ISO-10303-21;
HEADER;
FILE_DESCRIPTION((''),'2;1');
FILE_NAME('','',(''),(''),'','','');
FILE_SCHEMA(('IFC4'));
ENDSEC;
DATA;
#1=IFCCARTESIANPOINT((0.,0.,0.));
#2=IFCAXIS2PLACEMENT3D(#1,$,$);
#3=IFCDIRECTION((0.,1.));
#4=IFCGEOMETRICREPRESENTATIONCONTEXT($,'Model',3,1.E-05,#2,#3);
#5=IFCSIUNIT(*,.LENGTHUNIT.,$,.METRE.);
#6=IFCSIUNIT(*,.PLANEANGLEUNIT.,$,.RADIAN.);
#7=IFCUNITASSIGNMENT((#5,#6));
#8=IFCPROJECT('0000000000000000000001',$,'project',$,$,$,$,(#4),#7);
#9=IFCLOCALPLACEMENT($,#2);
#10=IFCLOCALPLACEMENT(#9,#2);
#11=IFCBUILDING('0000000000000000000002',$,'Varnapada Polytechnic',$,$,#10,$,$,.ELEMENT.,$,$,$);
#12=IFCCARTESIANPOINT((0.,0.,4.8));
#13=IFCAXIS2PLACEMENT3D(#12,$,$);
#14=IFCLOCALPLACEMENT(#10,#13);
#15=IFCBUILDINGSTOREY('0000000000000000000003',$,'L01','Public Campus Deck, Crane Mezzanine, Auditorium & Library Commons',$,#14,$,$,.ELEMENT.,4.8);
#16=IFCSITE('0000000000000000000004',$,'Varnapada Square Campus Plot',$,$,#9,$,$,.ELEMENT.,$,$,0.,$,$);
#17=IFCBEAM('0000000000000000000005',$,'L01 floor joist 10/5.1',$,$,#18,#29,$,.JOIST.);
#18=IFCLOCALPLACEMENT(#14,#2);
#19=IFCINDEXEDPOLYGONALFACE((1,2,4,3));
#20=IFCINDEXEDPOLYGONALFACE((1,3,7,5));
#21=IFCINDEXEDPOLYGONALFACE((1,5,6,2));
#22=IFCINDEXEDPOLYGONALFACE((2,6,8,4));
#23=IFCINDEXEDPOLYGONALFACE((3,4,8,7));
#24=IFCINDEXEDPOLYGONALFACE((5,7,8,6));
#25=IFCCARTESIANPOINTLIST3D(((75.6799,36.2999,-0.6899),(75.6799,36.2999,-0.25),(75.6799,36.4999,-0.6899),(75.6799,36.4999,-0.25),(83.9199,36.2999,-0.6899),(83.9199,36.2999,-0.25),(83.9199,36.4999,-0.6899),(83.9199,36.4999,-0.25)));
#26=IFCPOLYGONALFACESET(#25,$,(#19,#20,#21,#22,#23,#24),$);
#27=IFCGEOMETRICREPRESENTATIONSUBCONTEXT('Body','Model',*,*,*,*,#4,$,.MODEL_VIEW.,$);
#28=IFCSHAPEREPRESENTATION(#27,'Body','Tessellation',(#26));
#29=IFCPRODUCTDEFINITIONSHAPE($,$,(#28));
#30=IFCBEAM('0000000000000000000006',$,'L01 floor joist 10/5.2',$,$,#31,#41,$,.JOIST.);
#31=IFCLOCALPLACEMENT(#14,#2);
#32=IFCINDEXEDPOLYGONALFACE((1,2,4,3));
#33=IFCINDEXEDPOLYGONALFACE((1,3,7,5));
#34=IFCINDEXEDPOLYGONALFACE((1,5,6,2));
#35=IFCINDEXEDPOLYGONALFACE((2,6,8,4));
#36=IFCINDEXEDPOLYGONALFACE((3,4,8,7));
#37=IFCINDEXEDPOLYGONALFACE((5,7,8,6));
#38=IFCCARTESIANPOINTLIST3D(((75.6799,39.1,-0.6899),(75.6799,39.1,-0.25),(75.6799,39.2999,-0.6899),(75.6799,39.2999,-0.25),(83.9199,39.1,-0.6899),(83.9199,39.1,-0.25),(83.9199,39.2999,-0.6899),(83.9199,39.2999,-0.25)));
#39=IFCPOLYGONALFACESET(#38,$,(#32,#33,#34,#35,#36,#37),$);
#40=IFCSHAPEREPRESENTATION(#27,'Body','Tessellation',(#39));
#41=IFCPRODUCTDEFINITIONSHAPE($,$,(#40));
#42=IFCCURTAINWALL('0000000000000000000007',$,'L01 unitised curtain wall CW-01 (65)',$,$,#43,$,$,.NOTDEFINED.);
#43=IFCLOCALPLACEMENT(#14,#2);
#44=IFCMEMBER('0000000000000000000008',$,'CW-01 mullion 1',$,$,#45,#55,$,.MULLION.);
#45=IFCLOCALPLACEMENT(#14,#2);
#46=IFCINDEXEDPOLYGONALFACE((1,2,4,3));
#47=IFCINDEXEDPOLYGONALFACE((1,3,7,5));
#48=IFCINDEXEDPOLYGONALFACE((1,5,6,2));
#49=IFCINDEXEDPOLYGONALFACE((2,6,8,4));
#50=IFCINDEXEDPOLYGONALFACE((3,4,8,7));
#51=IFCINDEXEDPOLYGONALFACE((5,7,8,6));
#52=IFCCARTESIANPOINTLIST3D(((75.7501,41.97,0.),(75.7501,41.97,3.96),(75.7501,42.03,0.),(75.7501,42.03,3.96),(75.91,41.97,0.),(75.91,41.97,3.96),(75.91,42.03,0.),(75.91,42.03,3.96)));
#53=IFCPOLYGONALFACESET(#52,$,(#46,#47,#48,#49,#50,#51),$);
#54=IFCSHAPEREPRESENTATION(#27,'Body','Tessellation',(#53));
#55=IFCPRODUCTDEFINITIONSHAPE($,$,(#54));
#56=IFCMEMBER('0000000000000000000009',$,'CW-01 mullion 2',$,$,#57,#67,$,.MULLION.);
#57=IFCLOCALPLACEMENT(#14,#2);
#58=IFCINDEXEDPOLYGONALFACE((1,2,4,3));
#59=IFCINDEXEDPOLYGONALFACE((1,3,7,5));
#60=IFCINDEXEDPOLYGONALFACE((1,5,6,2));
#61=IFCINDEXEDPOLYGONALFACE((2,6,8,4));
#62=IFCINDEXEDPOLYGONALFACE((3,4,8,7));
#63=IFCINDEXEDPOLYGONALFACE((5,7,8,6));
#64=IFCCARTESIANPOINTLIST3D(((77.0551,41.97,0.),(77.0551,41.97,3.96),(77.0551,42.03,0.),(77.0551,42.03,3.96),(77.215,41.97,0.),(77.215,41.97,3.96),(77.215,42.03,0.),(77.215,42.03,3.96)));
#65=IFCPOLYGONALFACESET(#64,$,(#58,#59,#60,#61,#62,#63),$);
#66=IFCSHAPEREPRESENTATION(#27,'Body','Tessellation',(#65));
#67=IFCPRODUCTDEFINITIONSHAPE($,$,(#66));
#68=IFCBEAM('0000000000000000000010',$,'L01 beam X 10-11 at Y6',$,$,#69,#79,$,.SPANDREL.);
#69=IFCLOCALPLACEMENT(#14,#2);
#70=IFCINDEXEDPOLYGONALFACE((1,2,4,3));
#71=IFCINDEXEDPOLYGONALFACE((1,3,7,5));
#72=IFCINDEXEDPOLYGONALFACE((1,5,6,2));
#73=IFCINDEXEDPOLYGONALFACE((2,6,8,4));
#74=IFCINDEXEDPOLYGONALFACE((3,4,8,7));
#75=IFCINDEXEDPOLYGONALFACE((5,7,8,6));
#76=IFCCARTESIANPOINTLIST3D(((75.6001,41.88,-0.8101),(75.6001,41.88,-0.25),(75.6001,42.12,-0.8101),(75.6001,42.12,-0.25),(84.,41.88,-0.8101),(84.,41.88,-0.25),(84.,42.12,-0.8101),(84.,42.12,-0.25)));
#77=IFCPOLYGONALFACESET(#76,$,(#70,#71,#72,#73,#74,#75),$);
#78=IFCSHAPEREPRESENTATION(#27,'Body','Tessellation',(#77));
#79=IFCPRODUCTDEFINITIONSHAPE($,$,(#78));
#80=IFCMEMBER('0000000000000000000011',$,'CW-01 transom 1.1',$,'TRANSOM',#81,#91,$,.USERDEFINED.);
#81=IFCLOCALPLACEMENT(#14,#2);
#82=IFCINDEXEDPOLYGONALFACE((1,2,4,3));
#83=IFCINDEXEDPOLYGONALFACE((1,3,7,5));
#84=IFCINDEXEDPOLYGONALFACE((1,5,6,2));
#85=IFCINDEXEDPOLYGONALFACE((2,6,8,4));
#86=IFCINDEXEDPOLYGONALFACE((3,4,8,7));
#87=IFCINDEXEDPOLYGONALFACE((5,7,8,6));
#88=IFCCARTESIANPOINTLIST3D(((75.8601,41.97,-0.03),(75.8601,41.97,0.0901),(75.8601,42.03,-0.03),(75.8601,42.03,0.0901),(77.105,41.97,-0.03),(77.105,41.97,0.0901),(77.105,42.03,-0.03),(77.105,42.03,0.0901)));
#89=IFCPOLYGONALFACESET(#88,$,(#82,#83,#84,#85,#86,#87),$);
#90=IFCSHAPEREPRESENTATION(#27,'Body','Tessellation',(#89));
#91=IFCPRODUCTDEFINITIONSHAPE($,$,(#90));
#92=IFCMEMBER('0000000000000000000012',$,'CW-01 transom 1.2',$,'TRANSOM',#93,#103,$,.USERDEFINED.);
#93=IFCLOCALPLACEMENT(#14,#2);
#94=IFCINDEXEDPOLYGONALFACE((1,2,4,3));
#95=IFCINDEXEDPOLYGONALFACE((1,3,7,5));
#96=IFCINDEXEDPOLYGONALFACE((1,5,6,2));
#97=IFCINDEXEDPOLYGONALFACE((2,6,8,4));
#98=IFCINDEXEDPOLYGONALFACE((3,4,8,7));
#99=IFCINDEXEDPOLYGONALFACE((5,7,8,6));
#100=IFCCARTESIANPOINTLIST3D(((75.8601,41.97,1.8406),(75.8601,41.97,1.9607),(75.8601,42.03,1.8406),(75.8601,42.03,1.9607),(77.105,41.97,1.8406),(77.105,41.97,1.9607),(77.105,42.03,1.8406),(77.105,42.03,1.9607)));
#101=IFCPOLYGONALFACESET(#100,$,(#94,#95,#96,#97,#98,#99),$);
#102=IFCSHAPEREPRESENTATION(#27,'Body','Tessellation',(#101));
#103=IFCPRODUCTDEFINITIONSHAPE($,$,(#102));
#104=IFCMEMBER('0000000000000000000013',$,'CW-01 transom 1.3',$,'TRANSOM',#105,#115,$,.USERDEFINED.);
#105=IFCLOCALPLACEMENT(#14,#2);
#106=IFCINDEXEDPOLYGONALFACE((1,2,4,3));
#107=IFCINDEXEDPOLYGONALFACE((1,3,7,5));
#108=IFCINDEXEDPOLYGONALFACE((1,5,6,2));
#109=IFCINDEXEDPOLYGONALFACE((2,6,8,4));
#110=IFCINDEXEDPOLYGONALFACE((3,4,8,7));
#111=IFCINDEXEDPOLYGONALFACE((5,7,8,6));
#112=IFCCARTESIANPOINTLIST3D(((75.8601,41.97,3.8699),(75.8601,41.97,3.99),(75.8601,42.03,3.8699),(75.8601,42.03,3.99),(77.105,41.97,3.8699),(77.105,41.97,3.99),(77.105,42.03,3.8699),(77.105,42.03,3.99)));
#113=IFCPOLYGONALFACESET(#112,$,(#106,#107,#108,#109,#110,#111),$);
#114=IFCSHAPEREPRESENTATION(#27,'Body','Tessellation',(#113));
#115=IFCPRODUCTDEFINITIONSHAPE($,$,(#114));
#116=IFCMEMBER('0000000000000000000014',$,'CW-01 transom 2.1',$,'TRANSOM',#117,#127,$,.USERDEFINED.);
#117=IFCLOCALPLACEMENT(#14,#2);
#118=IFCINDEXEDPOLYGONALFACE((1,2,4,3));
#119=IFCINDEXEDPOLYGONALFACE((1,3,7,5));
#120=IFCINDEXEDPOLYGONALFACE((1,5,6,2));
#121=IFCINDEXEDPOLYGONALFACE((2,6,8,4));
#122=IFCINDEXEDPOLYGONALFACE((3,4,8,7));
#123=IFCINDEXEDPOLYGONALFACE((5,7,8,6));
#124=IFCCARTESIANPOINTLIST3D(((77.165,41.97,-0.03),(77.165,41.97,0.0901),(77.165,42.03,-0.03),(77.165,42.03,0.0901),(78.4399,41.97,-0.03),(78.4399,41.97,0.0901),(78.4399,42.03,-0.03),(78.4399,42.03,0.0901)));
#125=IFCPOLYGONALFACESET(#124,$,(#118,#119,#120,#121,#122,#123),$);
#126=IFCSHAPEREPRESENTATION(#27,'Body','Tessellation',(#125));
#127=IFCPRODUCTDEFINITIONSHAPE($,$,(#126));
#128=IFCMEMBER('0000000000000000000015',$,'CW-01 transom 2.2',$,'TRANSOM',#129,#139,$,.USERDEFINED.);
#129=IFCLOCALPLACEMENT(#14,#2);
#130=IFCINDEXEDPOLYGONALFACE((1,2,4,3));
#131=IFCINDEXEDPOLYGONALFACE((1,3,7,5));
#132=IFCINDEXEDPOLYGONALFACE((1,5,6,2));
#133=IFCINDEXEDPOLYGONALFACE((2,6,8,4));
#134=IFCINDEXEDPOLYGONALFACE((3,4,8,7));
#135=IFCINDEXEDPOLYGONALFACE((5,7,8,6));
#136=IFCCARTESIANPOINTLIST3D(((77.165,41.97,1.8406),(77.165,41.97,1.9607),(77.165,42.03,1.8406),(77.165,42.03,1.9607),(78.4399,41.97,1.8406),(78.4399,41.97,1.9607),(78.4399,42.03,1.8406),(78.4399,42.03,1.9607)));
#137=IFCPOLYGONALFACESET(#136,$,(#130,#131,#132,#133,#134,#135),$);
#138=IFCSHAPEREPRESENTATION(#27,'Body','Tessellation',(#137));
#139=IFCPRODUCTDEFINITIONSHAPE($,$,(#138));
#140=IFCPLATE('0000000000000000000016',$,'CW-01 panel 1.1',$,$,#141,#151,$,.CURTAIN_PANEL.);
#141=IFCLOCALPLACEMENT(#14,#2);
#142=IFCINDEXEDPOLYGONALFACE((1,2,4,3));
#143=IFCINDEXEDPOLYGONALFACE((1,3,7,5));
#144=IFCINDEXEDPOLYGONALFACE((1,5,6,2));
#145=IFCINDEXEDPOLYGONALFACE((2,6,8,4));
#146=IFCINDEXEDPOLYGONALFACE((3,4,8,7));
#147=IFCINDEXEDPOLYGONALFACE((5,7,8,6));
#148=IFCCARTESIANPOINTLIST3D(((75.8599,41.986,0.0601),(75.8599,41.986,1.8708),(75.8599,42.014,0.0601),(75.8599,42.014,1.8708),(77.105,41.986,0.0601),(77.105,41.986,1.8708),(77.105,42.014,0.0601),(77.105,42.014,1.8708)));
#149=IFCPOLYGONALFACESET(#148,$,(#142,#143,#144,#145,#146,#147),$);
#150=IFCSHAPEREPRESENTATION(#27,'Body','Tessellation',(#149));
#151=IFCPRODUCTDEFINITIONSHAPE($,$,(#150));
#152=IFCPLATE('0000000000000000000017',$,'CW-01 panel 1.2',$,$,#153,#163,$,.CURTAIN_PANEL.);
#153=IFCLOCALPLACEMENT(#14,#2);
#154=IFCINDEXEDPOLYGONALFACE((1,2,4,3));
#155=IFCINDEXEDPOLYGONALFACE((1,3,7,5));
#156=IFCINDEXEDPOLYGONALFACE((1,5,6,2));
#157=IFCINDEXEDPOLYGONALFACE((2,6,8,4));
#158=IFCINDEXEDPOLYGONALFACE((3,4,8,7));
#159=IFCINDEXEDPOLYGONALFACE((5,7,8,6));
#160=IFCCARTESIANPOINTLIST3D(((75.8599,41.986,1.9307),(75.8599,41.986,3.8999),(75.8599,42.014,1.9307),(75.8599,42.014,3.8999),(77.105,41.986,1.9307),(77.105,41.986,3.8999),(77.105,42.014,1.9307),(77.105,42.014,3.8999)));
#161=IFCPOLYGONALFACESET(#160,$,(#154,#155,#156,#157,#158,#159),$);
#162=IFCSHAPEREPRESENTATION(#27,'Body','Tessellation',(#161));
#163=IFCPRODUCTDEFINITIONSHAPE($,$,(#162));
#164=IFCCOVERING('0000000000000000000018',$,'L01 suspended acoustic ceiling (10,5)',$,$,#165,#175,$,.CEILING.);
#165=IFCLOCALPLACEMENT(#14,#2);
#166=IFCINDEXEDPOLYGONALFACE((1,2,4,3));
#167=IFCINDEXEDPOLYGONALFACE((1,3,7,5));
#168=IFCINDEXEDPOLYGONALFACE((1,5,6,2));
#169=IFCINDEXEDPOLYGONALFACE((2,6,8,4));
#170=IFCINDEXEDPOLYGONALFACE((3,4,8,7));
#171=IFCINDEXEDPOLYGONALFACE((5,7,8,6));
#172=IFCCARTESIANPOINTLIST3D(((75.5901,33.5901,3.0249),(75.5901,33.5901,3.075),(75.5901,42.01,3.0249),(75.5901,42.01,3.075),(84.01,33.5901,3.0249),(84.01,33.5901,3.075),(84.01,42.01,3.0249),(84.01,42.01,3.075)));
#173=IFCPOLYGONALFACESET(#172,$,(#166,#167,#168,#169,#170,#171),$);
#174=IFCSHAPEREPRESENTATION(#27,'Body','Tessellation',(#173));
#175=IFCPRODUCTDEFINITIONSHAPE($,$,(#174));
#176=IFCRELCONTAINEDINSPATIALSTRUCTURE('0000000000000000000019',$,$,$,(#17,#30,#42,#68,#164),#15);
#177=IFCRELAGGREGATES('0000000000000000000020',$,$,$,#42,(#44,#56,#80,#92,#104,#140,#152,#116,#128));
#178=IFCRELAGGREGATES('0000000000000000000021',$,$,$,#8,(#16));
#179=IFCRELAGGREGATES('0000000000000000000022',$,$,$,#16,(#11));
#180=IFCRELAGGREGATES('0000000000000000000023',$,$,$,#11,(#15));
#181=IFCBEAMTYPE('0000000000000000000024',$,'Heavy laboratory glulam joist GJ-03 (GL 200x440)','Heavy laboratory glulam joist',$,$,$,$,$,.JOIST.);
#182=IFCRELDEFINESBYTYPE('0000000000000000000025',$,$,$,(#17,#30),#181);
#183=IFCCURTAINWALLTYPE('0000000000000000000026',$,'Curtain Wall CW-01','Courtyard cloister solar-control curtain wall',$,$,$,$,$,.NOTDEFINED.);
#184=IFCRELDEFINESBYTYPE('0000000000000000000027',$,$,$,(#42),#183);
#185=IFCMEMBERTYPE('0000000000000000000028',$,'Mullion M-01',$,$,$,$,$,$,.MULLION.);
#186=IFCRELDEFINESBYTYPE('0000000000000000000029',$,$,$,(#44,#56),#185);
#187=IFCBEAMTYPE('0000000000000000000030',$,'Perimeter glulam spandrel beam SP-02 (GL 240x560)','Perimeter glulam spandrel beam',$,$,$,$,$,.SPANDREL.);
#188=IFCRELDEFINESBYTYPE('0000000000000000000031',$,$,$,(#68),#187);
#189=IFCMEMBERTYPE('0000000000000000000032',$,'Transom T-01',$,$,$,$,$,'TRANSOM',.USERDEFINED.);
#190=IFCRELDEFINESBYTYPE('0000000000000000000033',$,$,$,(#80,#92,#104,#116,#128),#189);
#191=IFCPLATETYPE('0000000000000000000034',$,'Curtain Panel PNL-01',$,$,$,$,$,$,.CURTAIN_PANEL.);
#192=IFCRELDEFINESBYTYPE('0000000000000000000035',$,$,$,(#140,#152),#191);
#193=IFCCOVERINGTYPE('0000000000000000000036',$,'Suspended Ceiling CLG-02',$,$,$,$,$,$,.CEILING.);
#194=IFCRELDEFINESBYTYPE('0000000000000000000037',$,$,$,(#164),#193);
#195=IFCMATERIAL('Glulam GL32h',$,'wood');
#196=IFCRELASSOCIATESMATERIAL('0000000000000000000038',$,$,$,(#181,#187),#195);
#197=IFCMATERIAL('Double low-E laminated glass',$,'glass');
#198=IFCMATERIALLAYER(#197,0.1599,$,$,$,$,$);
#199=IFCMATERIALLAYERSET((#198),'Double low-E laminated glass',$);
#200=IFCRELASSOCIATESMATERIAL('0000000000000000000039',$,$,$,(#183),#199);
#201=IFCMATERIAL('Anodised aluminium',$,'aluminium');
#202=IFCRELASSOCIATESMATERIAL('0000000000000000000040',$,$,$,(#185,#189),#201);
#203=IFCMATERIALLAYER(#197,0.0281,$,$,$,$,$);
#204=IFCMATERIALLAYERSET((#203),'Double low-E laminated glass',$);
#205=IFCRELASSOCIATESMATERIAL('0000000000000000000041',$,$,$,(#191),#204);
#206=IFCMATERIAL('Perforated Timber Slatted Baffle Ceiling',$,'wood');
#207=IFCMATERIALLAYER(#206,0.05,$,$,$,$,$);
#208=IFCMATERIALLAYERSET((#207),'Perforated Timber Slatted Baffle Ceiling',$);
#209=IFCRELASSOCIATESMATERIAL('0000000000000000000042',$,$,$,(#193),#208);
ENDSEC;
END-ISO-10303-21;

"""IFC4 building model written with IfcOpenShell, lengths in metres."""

from ifc_helpers import new_model, si_unit, direction, frame, origin, origin_2d, place, context, subcontext, project, spatial, rectangle, extrude, material, layer, layer_set, material_profile, profile_set, type_object, element, aggregate, save


model = new_model("IFC4")

# Units and contexts
model_context = context("Model", 3, precision=1e-05, world=origin(), true_north=direction((0.0, 1.0)))
body_context = subcontext(model_context, "Body", "Model", "MODEL_VIEW")
ifc_project = project(units=[si_unit("LENGTHUNIT", "METRE"), si_unit("PLANEANGLEUNIT", "RADIAN")], contexts=[model_context])

# Site, building, storey
site_placement = place(None, origin())
site = spatial("IfcSite", under=ifc_project, at=site_placement, Name="Varnapada Square Campus Plot", CompositionType="ELEMENT", RefElevation=0.0)
building_placement = place(site_placement, origin())
building = spatial("IfcBuilding", under=site, at=building_placement, Name="Varnapada Polytechnic", CompositionType="ELEMENT")
storey_placement = place(building_placement, frame((0.0, 0.0, 4.8)))
storey = spatial("IfcBuildingStorey", under=building, at=storey_placement, Name="L01", Description="Public Campus Deck, Crane Mezzanine, Auditorium & Library Commons", CompositionType="ELEMENT", Elevation=4.8)

# Beams
ifc_material_1 = material(Name="Glulam GL32h", Category="wood")
ifc_material_profile_1 = material_profile(ifc_material_1, rectangle(XDim=0.2, YDim=0.4399, at=origin_2d()), Name="GL 200x440")
ifc_profile_set_1 = profile_set([ifc_material_profile_1], Name="Glulam GL32h")
beam_type_1 = type_object("IfcBeamType", Name="Heavy laboratory glulam joist GJ-03 (GL 200x440)", Description="Heavy laboratory glulam joist", PredefinedType="JOIST", material=ifc_profile_set_1)
for number, where, z_axis, x_axis, name in (
    (1, (75.6799, 36.3999, -0.47), (1.0, 0.0, 0.0), (0.0, 1.0, 0.0), "L01 floor joist 10/5.1"),
    (2, (75.6799, 39.2, -0.47), (1.0, 0.0, 0.0), (0.0, 1.0, 0.0), "L01 floor joist 10/5.2"),
):
    element("IfcBeam", number, at=place(storey_placement, frame(where, z_axis=z_axis, x_axis=x_axis)), inside=storey, type_object=beam_type_1, Name=name, PredefinedType="JOIST", context=body_context, shape_type="SweptSolid", body=[
        extrude(rectangle(XDim=0.2, YDim=0.4399, at=origin_2d()), origin(), (0.0, 0.0, 1.0), 8.24),
    ])

# Curtain wall, members
ifc_material_2 = material(Name="Double low-E laminated glass", Category="glass")
ifc_layer_1 = layer(ifc_material_2, 0.1599)
ifc_layer_set_1 = layer_set([ifc_layer_1], Name="Double low-E laminated glass")
curtain_wall_type = type_object("IfcCurtainWallType", Name="Curtain Wall CW-01", Description="Courtyard cloister solar-control curtain wall", PredefinedType="NOTDEFINED", material=ifc_layer_set_1)
curtain_wall_placement = place(storey_placement, origin())
curtain_wall = element("IfcCurtainWall", 3, at=curtain_wall_placement, inside=storey, type_object=curtain_wall_type, Name="L01 unitised curtain wall CW-01 (65)", PredefinedType="NOTDEFINED")
ifc_material_3 = material(Name="Anodised aluminium", Category="aluminium")
ifc_material_profile_2 = material_profile(ifc_material_3, rectangle(XDim=0.0601, YDim=0.1599, at=origin_2d()), Name="ALU M60x160")
ifc_profile_set_2 = profile_set([ifc_material_profile_2], Name="Anodised aluminium")
member_type_1 = type_object("IfcMemberType", Name="Mullion M-01", PredefinedType="MULLION", material=ifc_profile_set_2)
member_1_placement = place(storey_placement, frame((75.8301, 42.0, 0.0), z_axis=(0.0, 0.0, 1.0), x_axis=(0.0, 1.0, 0.0)))
member_1 = element("IfcMember", 4, at=member_1_placement, type_object=member_type_1, Name="CW-01 mullion 1", PredefinedType="MULLION", context=body_context, shape_type="SweptSolid", body=[
    extrude(rectangle(XDim=0.0601, YDim=0.1599, at=origin_2d()), origin(), (0.0, 0.0, 1.0), 3.96),
])
member_2_placement = place(storey_placement, frame((77.135, 42.0, 0.0), z_axis=(0.0, 0.0, 1.0), x_axis=(0.0, 1.0, 0.0)))
member_2 = element("IfcMember", 5, at=member_2_placement, type_object=member_type_1, Name="CW-01 mullion 2", PredefinedType="MULLION", context=body_context, shape_type="SweptSolid", body=[
    extrude(rectangle(XDim=0.0601, YDim=0.1599, at=origin_2d()), origin(), (0.0, 0.0, 1.0), 3.96),
])

# Beam
ifc_material_profile_3 = material_profile(ifc_material_1, rectangle(XDim=0.24, YDim=0.5601, at=origin_2d()), Name="GL 240x560")
ifc_profile_set_3 = profile_set([ifc_material_profile_3], Name="Glulam GL32h")
beam_type_2 = type_object("IfcBeamType", Name="Perimeter glulam spandrel beam SP-02 (GL 240x560)", Description="Perimeter glulam spandrel beam", PredefinedType="SPANDREL", material=ifc_profile_set_3)
beam_placement = place(storey_placement, frame((75.6001, 42.0, -0.53), z_axis=(1.0, 0.0, 0.0), x_axis=(0.0, 1.0, 0.0)))
element("IfcBeam", 6, at=beam_placement, inside=storey, type_object=beam_type_2, Name="L01 beam X 10-11 at Y6", PredefinedType="SPANDREL", context=body_context, shape_type="SweptSolid", body=[
    extrude(rectangle(XDim=0.24, YDim=0.5601, at=origin_2d()), origin(), (0.0, 0.0, 1.0), 8.3999),
])

# Members
ifc_material_profile_4 = material_profile(ifc_material_3, rectangle(XDim=0.0601, YDim=0.1201, at=origin_2d()), Name="ALU T60x120")
ifc_profile_set_4 = profile_set([ifc_material_profile_4], Name="Anodised aluminium")
member_type_2 = type_object("IfcMemberType", Name="Transom T-01", ElementType="TRANSOM", PredefinedType="USERDEFINED", material=ifc_profile_set_4)
member_3_placement = place(storey_placement, frame((75.8601, 42.0, 0.03), z_axis=(1.0, 0.0, 0.0), x_axis=(0.0, 1.0, 0.0)))
member_3 = element("IfcMember", 7, at=member_3_placement, type_object=member_type_2, Name="CW-01 transom 1.1", ObjectType="TRANSOM", PredefinedType="USERDEFINED", context=body_context, shape_type="SweptSolid", body=[
    extrude(rectangle(XDim=0.0601, YDim=0.1201, at=origin_2d()), origin(), (0.0, 0.0, 1.0), 1.2449),
])
member_4_placement = place(storey_placement, frame((75.8601, 42.0, 1.9006), z_axis=(1.0, 0.0, 0.0), x_axis=(0.0, 1.0, 0.0)))
member_4 = element("IfcMember", 8, at=member_4_placement, type_object=member_type_2, Name="CW-01 transom 1.2", ObjectType="TRANSOM", PredefinedType="USERDEFINED", context=body_context, shape_type="SweptSolid", body=[
    extrude(rectangle(XDim=0.0601, YDim=0.1201, at=origin_2d()), origin(), (0.0, 0.0, 1.0), 1.2449),
])
member_5_placement = place(storey_placement, frame((75.8601, 42.0, 3.9299), z_axis=(1.0, 0.0, 0.0), x_axis=(0.0, 1.0, 0.0)))
member_5 = element("IfcMember", 9, at=member_5_placement, type_object=member_type_2, Name="CW-01 transom 1.3", ObjectType="TRANSOM", PredefinedType="USERDEFINED", context=body_context, shape_type="SweptSolid", body=[
    extrude(rectangle(XDim=0.0601, YDim=0.1201, at=origin_2d()), origin(), (0.0, 0.0, 1.0), 1.2449),
])
member_6_placement = place(storey_placement, frame((77.165, 42.0, 0.03), z_axis=(1.0, 0.0, 0.0), x_axis=(0.0, 1.0, 0.0)))
member_6 = element("IfcMember", 10, at=member_6_placement, type_object=member_type_2, Name="CW-01 transom 2.1", ObjectType="TRANSOM", PredefinedType="USERDEFINED", context=body_context, shape_type="SweptSolid", body=[
    extrude(rectangle(XDim=0.0601, YDim=0.1201, at=origin_2d()), origin(), (0.0, 0.0, 1.0), 1.2749),
])
member_7_placement = place(storey_placement, frame((77.165, 42.0, 1.9006), z_axis=(1.0, 0.0, 0.0), x_axis=(0.0, 1.0, 0.0)))
member_7 = element("IfcMember", 11, at=member_7_placement, type_object=member_type_2, Name="CW-01 transom 2.2", ObjectType="TRANSOM", PredefinedType="USERDEFINED", context=body_context, shape_type="SweptSolid", body=[
    extrude(rectangle(XDim=0.0601, YDim=0.1201, at=origin_2d()), origin(), (0.0, 0.0, 1.0), 1.2749),
])

# Plates
ifc_layer_2 = layer(ifc_material_2, 0.0281)
ifc_layer_set_2 = layer_set([ifc_layer_2], Name="Double low-E laminated glass")
plate_type = type_object("IfcPlateType", Name="Curtain Panel PNL-01", PredefinedType="CURTAIN_PANEL", material=ifc_layer_set_2)
plate_1_placement = place(storey_placement, frame((76.4824, 42.0, 0.0601), z_axis=(0.0, 0.0, 1.0), x_axis=(1.0, 0.0, 0.0)))
plate_1 = element("IfcPlate", 12, at=plate_1_placement, type_object=plate_type, Name="CW-01 panel 1.1", PredefinedType="CURTAIN_PANEL", context=body_context, shape_type="SweptSolid", body=[
    extrude(rectangle(XDim=1.2451, YDim=0.0281, at=origin_2d()), origin(), (0.0, 0.0, 1.0), 1.8108),
])
plate_2_placement = place(storey_placement, frame((76.4824, 42.0, 1.9307), z_axis=(0.0, 0.0, 1.0), x_axis=(1.0, 0.0, 0.0)))
plate_2 = element("IfcPlate", 13, at=plate_2_placement, type_object=plate_type, Name="CW-01 panel 1.2", PredefinedType="CURTAIN_PANEL", context=body_context, shape_type="SweptSolid", body=[
    extrude(rectangle(XDim=1.2451, YDim=0.0281, at=origin_2d()), origin(), (0.0, 0.0, 1.0), 1.9692),
])
aggregate(curtain_wall, [member_1, member_2, member_3, member_4, member_5, plate_1, plate_2, member_6, member_7])

# Covering
ifc_material_4 = material(Name="Perforated Timber Slatted Baffle Ceiling", Category="wood")
ifc_layer_3 = layer(ifc_material_4, 0.05)
ifc_layer_set_3 = layer_set([ifc_layer_3], Name="Perforated Timber Slatted Baffle Ceiling")
covering_type = type_object("IfcCoveringType", Name="Suspended Ceiling CLG-02", PredefinedType="CEILING", material=ifc_layer_set_3)
covering_placement = place(storey_placement, frame((79.8, 37.8, 3.0249), z_axis=(0.0, 0.0, 1.0), x_axis=(1.0, 0.0, 0.0)))
element("IfcCovering", 14, at=covering_placement, inside=storey, type_object=covering_type, Name="L01 suspended acoustic ceiling (10,5)", PredefinedType="CEILING", context=body_context, shape_type="SweptSolid", body=[
    extrude(rectangle(XDim=8.4199, YDim=8.4199, at=origin_2d()), origin(), (0.0, 0.0, 1.0), 0.05),
])

save(model, "model.ifc")
